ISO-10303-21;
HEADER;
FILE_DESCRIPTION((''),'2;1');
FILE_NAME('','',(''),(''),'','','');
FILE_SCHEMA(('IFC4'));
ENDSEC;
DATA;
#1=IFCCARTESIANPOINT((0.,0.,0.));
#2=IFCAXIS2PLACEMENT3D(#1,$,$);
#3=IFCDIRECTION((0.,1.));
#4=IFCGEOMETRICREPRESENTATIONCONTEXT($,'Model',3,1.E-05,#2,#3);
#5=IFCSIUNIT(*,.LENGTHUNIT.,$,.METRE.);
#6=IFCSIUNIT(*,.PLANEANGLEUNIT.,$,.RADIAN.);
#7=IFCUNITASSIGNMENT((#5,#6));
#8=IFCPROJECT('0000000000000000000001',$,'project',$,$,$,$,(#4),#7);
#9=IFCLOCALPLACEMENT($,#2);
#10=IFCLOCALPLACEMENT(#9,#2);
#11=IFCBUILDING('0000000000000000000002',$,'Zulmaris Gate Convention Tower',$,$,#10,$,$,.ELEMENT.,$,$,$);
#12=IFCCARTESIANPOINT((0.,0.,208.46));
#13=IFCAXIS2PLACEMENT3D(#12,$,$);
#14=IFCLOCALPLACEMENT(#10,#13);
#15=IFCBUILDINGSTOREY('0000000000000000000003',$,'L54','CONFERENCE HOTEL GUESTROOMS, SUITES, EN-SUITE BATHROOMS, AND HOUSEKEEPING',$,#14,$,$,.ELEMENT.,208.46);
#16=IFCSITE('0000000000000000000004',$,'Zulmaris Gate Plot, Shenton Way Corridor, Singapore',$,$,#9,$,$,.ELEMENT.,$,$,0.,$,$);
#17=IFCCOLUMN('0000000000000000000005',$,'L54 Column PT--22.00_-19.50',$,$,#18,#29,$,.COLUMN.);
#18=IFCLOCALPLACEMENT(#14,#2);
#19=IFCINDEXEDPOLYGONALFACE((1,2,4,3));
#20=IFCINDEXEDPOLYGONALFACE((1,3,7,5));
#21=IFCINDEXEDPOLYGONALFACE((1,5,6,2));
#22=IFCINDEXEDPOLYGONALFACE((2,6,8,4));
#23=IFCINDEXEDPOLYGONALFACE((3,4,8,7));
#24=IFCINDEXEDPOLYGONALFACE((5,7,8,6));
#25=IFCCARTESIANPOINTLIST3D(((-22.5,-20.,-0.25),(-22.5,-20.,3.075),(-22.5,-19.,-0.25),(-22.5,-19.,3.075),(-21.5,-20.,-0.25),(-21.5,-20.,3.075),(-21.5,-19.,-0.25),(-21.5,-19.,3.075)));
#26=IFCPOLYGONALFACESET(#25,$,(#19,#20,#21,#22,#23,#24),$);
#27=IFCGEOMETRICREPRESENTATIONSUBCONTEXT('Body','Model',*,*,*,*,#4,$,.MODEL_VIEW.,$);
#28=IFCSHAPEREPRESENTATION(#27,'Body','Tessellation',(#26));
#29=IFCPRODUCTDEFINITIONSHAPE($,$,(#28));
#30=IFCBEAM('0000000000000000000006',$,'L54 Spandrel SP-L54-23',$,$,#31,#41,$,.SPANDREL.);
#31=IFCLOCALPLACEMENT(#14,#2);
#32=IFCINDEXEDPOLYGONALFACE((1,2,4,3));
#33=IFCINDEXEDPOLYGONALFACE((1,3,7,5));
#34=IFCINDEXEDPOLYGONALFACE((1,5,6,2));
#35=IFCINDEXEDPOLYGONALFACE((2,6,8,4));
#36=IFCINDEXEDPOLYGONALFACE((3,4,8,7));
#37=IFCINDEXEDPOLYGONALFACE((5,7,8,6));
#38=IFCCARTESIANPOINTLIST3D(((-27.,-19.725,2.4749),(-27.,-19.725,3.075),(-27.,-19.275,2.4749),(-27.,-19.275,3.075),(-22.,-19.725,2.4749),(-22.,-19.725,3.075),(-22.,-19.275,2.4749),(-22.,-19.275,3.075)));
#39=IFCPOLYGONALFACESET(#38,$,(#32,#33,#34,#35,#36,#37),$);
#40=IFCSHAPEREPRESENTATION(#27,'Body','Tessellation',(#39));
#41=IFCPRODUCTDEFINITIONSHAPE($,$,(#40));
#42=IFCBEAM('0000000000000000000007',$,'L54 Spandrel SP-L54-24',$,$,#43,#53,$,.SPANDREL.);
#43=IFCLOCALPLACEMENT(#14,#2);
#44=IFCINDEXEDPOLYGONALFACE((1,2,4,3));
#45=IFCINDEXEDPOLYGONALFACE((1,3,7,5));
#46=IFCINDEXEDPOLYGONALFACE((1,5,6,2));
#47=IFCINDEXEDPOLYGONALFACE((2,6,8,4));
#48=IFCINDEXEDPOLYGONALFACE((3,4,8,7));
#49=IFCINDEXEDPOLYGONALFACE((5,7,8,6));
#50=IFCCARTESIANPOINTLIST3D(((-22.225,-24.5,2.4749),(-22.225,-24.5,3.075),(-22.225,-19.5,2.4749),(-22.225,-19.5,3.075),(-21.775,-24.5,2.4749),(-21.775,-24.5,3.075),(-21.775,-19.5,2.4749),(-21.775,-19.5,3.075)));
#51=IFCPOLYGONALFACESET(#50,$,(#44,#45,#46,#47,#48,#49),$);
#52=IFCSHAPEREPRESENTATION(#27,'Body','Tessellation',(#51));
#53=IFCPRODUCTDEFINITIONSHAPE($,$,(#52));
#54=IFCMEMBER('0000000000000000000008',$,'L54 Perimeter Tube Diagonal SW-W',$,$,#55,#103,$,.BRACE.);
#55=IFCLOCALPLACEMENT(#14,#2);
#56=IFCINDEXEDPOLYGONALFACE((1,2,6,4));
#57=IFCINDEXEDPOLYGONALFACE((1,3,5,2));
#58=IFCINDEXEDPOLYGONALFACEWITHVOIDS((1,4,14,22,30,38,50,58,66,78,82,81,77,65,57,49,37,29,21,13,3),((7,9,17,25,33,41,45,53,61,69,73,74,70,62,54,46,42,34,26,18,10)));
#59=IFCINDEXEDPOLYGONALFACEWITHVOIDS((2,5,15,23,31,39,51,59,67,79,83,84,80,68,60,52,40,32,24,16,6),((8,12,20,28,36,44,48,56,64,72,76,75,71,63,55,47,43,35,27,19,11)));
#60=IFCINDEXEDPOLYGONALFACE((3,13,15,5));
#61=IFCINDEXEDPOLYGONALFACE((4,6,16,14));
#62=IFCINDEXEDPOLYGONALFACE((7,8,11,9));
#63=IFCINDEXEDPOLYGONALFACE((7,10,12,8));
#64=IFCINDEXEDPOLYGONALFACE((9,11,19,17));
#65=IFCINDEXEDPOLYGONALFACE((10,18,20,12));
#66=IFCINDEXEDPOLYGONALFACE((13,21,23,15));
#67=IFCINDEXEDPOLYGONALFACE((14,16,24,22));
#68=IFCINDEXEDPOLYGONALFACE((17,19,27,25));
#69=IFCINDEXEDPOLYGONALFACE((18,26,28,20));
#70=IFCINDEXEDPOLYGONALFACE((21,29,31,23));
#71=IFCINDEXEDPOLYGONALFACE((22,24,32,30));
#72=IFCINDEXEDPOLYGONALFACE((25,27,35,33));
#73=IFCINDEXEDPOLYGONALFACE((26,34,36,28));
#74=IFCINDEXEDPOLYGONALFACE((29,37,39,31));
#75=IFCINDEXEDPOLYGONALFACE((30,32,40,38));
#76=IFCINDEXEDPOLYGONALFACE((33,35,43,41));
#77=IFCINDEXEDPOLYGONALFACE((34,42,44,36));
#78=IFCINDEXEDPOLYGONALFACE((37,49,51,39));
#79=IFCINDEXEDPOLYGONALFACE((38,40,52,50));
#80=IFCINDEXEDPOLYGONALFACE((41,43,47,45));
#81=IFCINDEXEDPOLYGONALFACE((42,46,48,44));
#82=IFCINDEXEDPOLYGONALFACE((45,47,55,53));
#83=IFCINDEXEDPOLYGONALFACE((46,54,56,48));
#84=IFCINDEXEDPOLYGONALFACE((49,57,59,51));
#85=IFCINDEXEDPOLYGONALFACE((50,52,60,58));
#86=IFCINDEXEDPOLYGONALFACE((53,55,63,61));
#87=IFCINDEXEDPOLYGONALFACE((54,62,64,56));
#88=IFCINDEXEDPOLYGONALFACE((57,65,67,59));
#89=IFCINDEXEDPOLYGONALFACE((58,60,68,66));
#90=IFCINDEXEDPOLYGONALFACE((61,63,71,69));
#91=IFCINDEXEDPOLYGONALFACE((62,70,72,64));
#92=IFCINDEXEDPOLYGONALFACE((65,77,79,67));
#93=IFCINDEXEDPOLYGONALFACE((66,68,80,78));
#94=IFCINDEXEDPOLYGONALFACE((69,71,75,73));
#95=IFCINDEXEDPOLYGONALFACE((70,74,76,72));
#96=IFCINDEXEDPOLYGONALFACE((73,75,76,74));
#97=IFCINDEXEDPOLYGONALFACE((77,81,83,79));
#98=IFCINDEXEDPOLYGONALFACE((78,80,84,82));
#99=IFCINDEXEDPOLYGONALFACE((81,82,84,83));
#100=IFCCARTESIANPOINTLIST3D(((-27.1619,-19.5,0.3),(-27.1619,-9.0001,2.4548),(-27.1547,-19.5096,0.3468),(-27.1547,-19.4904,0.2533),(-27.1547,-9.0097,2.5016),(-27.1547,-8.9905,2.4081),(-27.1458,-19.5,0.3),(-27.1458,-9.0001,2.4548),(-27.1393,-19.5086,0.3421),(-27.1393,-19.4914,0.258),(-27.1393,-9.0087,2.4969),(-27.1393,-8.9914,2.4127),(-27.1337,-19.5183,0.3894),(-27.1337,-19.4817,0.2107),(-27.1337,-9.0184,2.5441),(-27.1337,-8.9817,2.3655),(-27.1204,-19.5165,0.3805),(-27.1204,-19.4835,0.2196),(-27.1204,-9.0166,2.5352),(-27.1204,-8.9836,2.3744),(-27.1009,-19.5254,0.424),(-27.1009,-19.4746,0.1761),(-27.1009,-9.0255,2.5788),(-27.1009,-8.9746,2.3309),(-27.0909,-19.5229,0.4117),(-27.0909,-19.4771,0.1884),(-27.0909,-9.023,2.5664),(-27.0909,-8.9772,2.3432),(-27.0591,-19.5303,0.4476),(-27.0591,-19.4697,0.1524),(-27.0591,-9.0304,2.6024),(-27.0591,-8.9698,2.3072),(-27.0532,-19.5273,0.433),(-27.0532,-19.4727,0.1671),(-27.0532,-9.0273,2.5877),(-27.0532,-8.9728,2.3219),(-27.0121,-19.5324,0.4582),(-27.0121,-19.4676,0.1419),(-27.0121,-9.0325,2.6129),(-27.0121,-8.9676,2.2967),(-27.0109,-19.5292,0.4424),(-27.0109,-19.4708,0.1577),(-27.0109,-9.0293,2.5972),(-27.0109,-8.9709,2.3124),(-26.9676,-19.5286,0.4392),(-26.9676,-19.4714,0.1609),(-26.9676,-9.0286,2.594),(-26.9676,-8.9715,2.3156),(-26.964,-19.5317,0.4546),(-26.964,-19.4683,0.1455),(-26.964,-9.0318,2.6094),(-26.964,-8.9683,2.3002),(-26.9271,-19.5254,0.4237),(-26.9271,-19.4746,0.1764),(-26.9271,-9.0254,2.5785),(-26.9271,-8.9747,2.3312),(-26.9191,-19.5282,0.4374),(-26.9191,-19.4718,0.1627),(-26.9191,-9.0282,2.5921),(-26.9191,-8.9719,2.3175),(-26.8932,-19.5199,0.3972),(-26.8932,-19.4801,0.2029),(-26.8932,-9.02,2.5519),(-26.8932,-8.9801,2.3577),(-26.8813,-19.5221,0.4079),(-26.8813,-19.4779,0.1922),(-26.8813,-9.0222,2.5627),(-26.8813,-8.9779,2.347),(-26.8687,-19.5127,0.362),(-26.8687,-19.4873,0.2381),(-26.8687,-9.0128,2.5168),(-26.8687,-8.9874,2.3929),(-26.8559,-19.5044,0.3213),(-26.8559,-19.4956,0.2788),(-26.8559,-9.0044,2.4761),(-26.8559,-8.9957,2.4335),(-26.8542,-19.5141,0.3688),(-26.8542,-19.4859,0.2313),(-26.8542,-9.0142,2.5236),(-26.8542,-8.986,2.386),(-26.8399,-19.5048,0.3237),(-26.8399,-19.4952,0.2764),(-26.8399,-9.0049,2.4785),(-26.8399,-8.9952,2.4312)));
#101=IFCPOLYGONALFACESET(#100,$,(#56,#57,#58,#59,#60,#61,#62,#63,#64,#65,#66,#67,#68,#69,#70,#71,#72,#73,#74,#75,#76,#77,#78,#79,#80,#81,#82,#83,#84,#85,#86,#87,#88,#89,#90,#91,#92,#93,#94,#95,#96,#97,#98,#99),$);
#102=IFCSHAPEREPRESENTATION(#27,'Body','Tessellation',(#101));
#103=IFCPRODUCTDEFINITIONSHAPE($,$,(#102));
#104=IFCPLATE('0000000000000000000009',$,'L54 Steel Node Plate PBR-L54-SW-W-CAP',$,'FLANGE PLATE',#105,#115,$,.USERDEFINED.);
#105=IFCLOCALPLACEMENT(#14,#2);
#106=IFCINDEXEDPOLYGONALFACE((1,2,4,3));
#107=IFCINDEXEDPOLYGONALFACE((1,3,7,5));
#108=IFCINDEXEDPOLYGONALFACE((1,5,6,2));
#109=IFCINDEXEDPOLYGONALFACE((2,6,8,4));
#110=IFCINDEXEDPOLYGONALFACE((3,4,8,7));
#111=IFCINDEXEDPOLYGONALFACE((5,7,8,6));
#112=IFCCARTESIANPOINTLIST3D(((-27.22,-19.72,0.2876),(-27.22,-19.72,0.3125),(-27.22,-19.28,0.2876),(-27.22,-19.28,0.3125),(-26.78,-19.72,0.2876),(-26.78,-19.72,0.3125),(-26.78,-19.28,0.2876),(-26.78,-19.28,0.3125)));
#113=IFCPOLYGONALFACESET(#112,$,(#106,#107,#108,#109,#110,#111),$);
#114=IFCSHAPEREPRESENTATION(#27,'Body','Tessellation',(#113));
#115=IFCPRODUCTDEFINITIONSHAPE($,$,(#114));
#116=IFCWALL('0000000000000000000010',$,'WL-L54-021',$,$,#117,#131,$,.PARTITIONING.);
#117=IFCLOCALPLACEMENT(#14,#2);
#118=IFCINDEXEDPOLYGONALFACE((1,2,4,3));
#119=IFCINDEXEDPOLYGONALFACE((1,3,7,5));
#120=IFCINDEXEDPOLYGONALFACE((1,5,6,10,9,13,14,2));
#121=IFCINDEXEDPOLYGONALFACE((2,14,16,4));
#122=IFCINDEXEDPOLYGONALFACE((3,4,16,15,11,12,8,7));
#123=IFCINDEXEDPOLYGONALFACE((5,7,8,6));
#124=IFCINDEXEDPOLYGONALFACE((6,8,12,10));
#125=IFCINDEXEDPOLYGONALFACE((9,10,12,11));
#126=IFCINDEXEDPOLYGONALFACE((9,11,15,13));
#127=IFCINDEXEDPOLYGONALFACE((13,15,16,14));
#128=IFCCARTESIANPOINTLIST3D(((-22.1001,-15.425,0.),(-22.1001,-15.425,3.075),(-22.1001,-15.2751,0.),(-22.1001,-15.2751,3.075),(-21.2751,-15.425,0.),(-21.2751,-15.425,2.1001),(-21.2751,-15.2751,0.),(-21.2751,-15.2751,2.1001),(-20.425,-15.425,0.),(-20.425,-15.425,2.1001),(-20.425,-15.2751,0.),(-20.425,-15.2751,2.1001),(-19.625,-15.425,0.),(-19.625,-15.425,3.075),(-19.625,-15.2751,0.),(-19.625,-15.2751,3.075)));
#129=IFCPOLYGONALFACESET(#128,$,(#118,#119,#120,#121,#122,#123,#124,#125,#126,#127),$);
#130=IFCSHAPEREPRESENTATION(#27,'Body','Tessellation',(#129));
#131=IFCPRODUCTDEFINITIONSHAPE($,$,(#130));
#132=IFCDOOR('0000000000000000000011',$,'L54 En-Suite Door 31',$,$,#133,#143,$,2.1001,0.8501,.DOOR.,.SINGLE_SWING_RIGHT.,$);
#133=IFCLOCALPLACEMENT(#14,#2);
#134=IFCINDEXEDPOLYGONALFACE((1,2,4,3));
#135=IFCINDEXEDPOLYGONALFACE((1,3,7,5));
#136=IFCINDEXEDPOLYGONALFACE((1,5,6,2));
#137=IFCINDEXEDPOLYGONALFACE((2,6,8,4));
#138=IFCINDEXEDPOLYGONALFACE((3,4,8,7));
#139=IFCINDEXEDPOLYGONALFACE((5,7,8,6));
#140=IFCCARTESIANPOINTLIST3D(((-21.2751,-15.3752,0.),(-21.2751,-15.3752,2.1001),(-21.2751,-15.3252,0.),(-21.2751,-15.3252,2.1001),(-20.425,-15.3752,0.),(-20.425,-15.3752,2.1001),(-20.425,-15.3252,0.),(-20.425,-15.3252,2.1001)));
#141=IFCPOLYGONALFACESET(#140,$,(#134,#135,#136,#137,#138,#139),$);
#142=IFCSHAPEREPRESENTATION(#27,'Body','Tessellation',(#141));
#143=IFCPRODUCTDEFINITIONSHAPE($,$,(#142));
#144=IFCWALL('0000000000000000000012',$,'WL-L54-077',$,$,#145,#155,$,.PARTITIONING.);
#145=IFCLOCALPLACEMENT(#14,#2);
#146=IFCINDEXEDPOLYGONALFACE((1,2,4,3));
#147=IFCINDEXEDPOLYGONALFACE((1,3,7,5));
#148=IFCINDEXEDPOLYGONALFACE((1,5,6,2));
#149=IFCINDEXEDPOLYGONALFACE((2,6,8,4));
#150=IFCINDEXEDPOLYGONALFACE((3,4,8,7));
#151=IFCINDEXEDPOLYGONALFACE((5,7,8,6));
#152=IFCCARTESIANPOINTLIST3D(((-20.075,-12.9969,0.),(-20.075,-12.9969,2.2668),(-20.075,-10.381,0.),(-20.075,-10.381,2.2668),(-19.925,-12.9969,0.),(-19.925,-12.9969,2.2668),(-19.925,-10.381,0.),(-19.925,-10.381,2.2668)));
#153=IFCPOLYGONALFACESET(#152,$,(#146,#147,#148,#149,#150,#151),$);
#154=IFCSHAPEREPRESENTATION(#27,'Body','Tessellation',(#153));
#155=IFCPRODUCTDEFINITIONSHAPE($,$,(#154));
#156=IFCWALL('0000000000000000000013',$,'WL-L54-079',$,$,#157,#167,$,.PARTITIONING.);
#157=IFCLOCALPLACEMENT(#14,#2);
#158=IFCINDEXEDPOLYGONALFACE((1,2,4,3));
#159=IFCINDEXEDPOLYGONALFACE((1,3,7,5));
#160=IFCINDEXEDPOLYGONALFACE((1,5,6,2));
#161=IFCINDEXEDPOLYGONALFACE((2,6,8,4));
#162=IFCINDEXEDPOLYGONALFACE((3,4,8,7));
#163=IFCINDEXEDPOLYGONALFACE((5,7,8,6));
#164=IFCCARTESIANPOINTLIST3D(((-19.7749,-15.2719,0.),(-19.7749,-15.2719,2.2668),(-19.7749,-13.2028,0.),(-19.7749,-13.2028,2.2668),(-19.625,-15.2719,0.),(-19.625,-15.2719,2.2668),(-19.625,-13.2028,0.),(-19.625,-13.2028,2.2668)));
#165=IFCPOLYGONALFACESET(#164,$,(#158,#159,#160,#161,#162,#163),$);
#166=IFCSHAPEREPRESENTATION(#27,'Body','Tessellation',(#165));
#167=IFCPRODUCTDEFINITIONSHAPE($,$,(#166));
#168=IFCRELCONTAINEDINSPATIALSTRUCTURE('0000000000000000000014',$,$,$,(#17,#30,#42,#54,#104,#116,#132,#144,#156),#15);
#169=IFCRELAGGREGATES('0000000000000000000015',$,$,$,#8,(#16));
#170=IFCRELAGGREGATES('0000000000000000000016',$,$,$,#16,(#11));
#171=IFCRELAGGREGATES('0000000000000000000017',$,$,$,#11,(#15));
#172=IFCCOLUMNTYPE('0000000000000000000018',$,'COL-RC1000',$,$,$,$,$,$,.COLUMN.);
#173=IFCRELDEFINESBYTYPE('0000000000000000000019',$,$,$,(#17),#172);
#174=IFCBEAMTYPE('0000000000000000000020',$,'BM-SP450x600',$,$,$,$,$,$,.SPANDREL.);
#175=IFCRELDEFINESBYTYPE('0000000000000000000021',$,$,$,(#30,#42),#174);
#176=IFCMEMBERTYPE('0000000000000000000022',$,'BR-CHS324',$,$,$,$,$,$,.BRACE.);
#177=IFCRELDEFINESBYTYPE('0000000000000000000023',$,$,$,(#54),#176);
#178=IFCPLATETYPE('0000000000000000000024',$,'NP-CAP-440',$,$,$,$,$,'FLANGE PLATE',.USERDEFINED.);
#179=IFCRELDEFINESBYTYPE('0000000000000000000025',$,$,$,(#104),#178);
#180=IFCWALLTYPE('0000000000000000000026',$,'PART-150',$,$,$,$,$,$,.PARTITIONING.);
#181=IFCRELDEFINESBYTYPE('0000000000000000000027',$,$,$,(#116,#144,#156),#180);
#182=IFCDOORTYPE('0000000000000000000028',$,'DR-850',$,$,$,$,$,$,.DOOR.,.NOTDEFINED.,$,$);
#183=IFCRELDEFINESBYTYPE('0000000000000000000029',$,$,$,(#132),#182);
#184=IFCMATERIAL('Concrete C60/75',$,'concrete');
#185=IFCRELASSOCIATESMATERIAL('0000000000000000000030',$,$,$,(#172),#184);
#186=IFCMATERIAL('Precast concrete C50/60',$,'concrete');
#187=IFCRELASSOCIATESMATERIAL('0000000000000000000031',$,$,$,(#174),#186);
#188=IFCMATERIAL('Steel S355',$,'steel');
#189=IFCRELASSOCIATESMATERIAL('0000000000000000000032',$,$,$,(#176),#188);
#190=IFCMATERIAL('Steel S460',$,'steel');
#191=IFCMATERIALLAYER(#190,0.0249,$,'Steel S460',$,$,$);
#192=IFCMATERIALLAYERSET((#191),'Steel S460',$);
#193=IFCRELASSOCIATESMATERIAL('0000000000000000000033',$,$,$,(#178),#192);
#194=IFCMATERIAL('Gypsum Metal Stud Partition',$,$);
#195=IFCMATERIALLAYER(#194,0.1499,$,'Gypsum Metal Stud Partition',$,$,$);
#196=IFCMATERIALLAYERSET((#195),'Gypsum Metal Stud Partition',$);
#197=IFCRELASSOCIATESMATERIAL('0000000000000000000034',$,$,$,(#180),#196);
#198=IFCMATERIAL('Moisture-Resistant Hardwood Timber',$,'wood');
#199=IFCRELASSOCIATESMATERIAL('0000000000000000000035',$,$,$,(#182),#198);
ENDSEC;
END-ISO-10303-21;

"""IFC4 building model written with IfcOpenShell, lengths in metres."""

from ifc_helpers import new_model, si_unit, direction, frame, frame_2d, origin, origin_2d, place, context, subcontext, project, spatial, rectangle, hollow_circle, extrude, material, layer, layer_set, material_profile, profile_set, type_object, element, fill, save


model = new_model("IFC4")

# Units and contexts
model_context = context("Model", 3, precision=1e-05, world=origin(), true_north=direction((0.0, 1.0)))
body_context = subcontext(model_context, "Body", "Model", "MODEL_VIEW")
ifc_project = project(units=[si_unit("LENGTHUNIT", "METRE"), si_unit("PLANEANGLEUNIT", "RADIAN")], contexts=[model_context])

# Site, building, storey
site_placement = place(None, origin())
site = spatial("IfcSite", under=ifc_project, at=site_placement, Name="Zulmaris Gate Plot, Shenton Way Corridor, Singapore", CompositionType="ELEMENT", RefElevation=0.0)
building_placement = place(site_placement, origin())
building = spatial("IfcBuilding", under=site, at=building_placement, Name="Zulmaris Gate Convention Tower", CompositionType="ELEMENT")
storey_placement = place(building_placement, frame((0.0, 0.0, 208.46)))
storey = spatial("IfcBuildingStorey", under=building, at=storey_placement, Name="L54", Description="CONFERENCE HOTEL GUESTROOMS, SUITES, EN-SUITE BATHROOMS, AND HOUSEKEEPING", CompositionType="ELEMENT", Elevation=208.46)

# Column
ifc_material_1 = material(Name="Concrete C60/75", Category="concrete")
ifc_material_profile_1 = material_profile(ifc_material_1, rectangle(XDim=1.0, YDim=1.0, at=origin_2d()), Name="RC COL 1000x1000")
ifc_profile_set_1 = profile_set([ifc_material_profile_1], Name="Concrete C60/75")
column_type = type_object("IfcColumnType", Name="COL-RC1000", PredefinedType="COLUMN", material=ifc_profile_set_1)
column_placement = place(storey_placement, frame((-22.0, -19.5, -0.25), z_axis=(0.0, 0.0, 1.0), x_axis=(1.0, 0.0, 0.0)))
element("IfcColumn", 1, at=column_placement, inside=storey, type_object=column_type, Name="L54 Column PT--22.00_-19.50", PredefinedType="COLUMN", context=body_context, shape_type="SweptSolid", body=[
    extrude(rectangle(XDim=1.0, YDim=1.0, at=origin_2d()), origin(), (0.0, 0.0, 1.0), 3.325),
])

# Beams
ifc_material_2 = material(Name="Precast concrete C50/60", Category="concrete")
ifc_material_profile_2 = material_profile(ifc_material_2, rectangle(XDim=0.45, YDim=0.6001, at=origin_2d()), Name="RC SPANDREL 450x600")
ifc_profile_set_2 = profile_set([ifc_material_profile_2], Name="Precast concrete C50/60")
beam_type = type_object("IfcBeamType", Name="BM-SP450x600", PredefinedType="SPANDREL", material=ifc_profile_set_2)
for number, where, z_axis, x_axis, name in (
    (2, (-27.0, -19.5, 2.7749), (1.0, 0.0, 0.0), (0.0, 1.0, 0.0), "L54 Spandrel SP-L54-23"),
    (3, (-22.0, -19.5, 2.7749), (0.0, -1.0, 0.0), (1.0, 0.0, 0.0), "L54 Spandrel SP-L54-24"),
):
    element("IfcBeam", number, at=place(storey_placement, frame(where, z_axis=z_axis, x_axis=x_axis)), inside=storey, type_object=beam_type, Name=name, PredefinedType="SPANDREL", context=body_context, shape_type="SweptSolid", body=[
        extrude(rectangle(XDim=0.45, YDim=0.6001, at=origin_2d()), origin(), (0.0, 0.0, 1.0), 5.0),
    ])

# Member
ifc_material_3 = material(Name="Steel S355", Category="steel")
ifc_material_profile_3 = material_profile(ifc_material_3, hollow_circle(Radius=0.1619, WallThickness=0.0161, at=origin_2d()), Name="CHS 323.9x16")
ifc_profile_set_3 = profile_set([ifc_material_profile_3], Name="Steel S355")
member_type = type_object("IfcMemberType", Name="BR-CHS324", PredefinedType="BRACE", material=ifc_profile_set_3)
member_placement = place(storey_placement, frame((-27.0, -19.5, 0.3), z_axis=(0.0, 0.979585, 0.201028), x_axis=(-1.0, 0.0, 0.0)))
element("IfcMember", 4, at=member_placement, inside=storey, type_object=member_type, Name="L54 Perimeter Tube Diagonal SW-W", PredefinedType="BRACE", context=body_context, shape_type="SweptSolid", body=[
    extrude(hollow_circle(Radius=0.1619, WallThickness=0.0161, at=origin_2d()), origin(), (0.0, 0.0, 1.0), 10.7188),
])

# Plate
ifc_material_4 = material(Name="Steel S460", Category="steel")
ifc_layer_1 = layer(ifc_material_4, 0.0249, Name="Steel S460")
ifc_layer_set_1 = layer_set([ifc_layer_1], Name="Steel S460")
plate_type = type_object("IfcPlateType", Name="NP-CAP-440", ElementType="FLANGE PLATE", PredefinedType="USERDEFINED", material=ifc_layer_set_1)
plate_placement = place(storey_placement, frame((-27.0, -19.5, 0.2876), z_axis=(0.0, 0.0, 1.0), x_axis=(1.0, 0.0, 0.0)))
element("IfcPlate", 5, at=plate_placement, inside=storey, type_object=plate_type, Name="L54 Steel Node Plate PBR-L54-SW-W-CAP", ObjectType="FLANGE PLATE", PredefinedType="USERDEFINED", context=body_context, shape_type="SweptSolid", body=[
    extrude(rectangle(XDim=0.4399, YDim=0.4399, at=origin_2d()), origin(), (0.0, 0.0, 1.0), 0.0249),
])

# Wall, opening, door
ifc_material_5 = material(Name="Gypsum Metal Stud Partition")
ifc_layer_2 = layer(ifc_material_5, 0.1499, Name="Gypsum Metal Stud Partition")
ifc_layer_set_2 = layer_set([ifc_layer_2], Name="Gypsum Metal Stud Partition")
wall_type_1 = type_object("IfcWallType", Name="PART-150", PredefinedType="PARTITIONING", material=ifc_layer_set_2)
wall_1_placement = place(storey_placement, frame((-22.1001, -15.3501, 0.0), z_axis=(0.0, 0.0, 1.0), x_axis=(1.0, 0.0, 0.0)))
wall_1 = element("IfcWall", 6, at=wall_1_placement, inside=storey, type_object=wall_type_1, Name="WL-L54-021", PredefinedType="PARTITIONING", context=body_context, shape_type="SweptSolid", body=[
    extrude(rectangle(XDim=2.4751, YDim=0.1499, at=frame_2d((1.2375, 0.0))), origin(), (0.0, 0.0, 1.0), 3.075),
])
opening_1_placement = place(wall_1_placement, frame((0.825, 0.0, 0.0)))
opening_1 = element("IfcOpeningElement", 7, at=opening_1_placement, cuts=wall_1, PredefinedType="OPENING", context=body_context, shape_type="SweptSolid", body=[
    extrude(rectangle(XDim=0.8501, YDim=2.1001, at=frame_2d((0.425, 1.05))), frame((0.0, 0.085, 0.0), z_axis=(0.0, -1.0, 0.0), x_axis=(1.0, 0.0, 0.0)), (0.0, 0.0, 1.0), 0.1699),
])
ifc_material_6 = material(Name="Moisture-Resistant Hardwood Timber", Category="wood")
door_type_1 = type_object("IfcDoorType", Name="DR-850", OperationType="NOTDEFINED", PredefinedType="DOOR", material=ifc_material_6)
door_1_placement = place(opening_1_placement, origin())
door_1 = element("IfcDoor", 8, at=door_1_placement, inside=storey, type_object=door_type_1, Name="L54 En-Suite Door 31", OperationType="SINGLE_SWING_RIGHT", OverallHeight=2.1001, OverallWidth=0.8501, PredefinedType="DOOR", context=body_context, shape_type="SweptSolid", body=[
    extrude(rectangle(XDim=0.8501, YDim=2.1001, at=frame_2d((0.425, 1.05))), frame((0.0, 0.0249, 0.0), z_axis=(0.0, -1.0, 0.0), x_axis=(1.0, 0.0, 0.0)), (0.0, 0.0, 1.0), 0.05),
])
fill(opening_1, door_1)

# Walls
wall_2_placement = place(storey_placement, frame((-20.0, -12.9971, 0.0), z_axis=(0.0, 0.0, 1.0), x_axis=(0.0, 1.0, 0.0)))
element("IfcWall", 9, at=wall_2_placement, inside=storey, type_object=wall_type_1, Name="WL-L54-077", PredefinedType="PARTITIONING", context=body_context, shape_type="SweptSolid", body=[
    extrude(rectangle(XDim=2.616, YDim=0.1499, at=frame_2d((1.3081, 0.0))), origin(), (0.0, 0.0, 1.0), 2.2668),
])
wall_3_placement = place(storey_placement, frame((-19.7, -15.272, 0.0), z_axis=(0.0, 0.0, 1.0), x_axis=(0.0, 1.0, 0.0)))
element("IfcWall", 10, at=wall_3_placement, inside=storey, type_object=wall_type_1, Name="WL-L54-079", PredefinedType="PARTITIONING", context=body_context, shape_type="SweptSolid", body=[
    extrude(rectangle(XDim=2.0691, YDim=0.1499, at=frame_2d((1.0347, 0.0))), origin(), (0.0, 0.0, 1.0), 2.2668),
])

save(model, "model.ifc")
